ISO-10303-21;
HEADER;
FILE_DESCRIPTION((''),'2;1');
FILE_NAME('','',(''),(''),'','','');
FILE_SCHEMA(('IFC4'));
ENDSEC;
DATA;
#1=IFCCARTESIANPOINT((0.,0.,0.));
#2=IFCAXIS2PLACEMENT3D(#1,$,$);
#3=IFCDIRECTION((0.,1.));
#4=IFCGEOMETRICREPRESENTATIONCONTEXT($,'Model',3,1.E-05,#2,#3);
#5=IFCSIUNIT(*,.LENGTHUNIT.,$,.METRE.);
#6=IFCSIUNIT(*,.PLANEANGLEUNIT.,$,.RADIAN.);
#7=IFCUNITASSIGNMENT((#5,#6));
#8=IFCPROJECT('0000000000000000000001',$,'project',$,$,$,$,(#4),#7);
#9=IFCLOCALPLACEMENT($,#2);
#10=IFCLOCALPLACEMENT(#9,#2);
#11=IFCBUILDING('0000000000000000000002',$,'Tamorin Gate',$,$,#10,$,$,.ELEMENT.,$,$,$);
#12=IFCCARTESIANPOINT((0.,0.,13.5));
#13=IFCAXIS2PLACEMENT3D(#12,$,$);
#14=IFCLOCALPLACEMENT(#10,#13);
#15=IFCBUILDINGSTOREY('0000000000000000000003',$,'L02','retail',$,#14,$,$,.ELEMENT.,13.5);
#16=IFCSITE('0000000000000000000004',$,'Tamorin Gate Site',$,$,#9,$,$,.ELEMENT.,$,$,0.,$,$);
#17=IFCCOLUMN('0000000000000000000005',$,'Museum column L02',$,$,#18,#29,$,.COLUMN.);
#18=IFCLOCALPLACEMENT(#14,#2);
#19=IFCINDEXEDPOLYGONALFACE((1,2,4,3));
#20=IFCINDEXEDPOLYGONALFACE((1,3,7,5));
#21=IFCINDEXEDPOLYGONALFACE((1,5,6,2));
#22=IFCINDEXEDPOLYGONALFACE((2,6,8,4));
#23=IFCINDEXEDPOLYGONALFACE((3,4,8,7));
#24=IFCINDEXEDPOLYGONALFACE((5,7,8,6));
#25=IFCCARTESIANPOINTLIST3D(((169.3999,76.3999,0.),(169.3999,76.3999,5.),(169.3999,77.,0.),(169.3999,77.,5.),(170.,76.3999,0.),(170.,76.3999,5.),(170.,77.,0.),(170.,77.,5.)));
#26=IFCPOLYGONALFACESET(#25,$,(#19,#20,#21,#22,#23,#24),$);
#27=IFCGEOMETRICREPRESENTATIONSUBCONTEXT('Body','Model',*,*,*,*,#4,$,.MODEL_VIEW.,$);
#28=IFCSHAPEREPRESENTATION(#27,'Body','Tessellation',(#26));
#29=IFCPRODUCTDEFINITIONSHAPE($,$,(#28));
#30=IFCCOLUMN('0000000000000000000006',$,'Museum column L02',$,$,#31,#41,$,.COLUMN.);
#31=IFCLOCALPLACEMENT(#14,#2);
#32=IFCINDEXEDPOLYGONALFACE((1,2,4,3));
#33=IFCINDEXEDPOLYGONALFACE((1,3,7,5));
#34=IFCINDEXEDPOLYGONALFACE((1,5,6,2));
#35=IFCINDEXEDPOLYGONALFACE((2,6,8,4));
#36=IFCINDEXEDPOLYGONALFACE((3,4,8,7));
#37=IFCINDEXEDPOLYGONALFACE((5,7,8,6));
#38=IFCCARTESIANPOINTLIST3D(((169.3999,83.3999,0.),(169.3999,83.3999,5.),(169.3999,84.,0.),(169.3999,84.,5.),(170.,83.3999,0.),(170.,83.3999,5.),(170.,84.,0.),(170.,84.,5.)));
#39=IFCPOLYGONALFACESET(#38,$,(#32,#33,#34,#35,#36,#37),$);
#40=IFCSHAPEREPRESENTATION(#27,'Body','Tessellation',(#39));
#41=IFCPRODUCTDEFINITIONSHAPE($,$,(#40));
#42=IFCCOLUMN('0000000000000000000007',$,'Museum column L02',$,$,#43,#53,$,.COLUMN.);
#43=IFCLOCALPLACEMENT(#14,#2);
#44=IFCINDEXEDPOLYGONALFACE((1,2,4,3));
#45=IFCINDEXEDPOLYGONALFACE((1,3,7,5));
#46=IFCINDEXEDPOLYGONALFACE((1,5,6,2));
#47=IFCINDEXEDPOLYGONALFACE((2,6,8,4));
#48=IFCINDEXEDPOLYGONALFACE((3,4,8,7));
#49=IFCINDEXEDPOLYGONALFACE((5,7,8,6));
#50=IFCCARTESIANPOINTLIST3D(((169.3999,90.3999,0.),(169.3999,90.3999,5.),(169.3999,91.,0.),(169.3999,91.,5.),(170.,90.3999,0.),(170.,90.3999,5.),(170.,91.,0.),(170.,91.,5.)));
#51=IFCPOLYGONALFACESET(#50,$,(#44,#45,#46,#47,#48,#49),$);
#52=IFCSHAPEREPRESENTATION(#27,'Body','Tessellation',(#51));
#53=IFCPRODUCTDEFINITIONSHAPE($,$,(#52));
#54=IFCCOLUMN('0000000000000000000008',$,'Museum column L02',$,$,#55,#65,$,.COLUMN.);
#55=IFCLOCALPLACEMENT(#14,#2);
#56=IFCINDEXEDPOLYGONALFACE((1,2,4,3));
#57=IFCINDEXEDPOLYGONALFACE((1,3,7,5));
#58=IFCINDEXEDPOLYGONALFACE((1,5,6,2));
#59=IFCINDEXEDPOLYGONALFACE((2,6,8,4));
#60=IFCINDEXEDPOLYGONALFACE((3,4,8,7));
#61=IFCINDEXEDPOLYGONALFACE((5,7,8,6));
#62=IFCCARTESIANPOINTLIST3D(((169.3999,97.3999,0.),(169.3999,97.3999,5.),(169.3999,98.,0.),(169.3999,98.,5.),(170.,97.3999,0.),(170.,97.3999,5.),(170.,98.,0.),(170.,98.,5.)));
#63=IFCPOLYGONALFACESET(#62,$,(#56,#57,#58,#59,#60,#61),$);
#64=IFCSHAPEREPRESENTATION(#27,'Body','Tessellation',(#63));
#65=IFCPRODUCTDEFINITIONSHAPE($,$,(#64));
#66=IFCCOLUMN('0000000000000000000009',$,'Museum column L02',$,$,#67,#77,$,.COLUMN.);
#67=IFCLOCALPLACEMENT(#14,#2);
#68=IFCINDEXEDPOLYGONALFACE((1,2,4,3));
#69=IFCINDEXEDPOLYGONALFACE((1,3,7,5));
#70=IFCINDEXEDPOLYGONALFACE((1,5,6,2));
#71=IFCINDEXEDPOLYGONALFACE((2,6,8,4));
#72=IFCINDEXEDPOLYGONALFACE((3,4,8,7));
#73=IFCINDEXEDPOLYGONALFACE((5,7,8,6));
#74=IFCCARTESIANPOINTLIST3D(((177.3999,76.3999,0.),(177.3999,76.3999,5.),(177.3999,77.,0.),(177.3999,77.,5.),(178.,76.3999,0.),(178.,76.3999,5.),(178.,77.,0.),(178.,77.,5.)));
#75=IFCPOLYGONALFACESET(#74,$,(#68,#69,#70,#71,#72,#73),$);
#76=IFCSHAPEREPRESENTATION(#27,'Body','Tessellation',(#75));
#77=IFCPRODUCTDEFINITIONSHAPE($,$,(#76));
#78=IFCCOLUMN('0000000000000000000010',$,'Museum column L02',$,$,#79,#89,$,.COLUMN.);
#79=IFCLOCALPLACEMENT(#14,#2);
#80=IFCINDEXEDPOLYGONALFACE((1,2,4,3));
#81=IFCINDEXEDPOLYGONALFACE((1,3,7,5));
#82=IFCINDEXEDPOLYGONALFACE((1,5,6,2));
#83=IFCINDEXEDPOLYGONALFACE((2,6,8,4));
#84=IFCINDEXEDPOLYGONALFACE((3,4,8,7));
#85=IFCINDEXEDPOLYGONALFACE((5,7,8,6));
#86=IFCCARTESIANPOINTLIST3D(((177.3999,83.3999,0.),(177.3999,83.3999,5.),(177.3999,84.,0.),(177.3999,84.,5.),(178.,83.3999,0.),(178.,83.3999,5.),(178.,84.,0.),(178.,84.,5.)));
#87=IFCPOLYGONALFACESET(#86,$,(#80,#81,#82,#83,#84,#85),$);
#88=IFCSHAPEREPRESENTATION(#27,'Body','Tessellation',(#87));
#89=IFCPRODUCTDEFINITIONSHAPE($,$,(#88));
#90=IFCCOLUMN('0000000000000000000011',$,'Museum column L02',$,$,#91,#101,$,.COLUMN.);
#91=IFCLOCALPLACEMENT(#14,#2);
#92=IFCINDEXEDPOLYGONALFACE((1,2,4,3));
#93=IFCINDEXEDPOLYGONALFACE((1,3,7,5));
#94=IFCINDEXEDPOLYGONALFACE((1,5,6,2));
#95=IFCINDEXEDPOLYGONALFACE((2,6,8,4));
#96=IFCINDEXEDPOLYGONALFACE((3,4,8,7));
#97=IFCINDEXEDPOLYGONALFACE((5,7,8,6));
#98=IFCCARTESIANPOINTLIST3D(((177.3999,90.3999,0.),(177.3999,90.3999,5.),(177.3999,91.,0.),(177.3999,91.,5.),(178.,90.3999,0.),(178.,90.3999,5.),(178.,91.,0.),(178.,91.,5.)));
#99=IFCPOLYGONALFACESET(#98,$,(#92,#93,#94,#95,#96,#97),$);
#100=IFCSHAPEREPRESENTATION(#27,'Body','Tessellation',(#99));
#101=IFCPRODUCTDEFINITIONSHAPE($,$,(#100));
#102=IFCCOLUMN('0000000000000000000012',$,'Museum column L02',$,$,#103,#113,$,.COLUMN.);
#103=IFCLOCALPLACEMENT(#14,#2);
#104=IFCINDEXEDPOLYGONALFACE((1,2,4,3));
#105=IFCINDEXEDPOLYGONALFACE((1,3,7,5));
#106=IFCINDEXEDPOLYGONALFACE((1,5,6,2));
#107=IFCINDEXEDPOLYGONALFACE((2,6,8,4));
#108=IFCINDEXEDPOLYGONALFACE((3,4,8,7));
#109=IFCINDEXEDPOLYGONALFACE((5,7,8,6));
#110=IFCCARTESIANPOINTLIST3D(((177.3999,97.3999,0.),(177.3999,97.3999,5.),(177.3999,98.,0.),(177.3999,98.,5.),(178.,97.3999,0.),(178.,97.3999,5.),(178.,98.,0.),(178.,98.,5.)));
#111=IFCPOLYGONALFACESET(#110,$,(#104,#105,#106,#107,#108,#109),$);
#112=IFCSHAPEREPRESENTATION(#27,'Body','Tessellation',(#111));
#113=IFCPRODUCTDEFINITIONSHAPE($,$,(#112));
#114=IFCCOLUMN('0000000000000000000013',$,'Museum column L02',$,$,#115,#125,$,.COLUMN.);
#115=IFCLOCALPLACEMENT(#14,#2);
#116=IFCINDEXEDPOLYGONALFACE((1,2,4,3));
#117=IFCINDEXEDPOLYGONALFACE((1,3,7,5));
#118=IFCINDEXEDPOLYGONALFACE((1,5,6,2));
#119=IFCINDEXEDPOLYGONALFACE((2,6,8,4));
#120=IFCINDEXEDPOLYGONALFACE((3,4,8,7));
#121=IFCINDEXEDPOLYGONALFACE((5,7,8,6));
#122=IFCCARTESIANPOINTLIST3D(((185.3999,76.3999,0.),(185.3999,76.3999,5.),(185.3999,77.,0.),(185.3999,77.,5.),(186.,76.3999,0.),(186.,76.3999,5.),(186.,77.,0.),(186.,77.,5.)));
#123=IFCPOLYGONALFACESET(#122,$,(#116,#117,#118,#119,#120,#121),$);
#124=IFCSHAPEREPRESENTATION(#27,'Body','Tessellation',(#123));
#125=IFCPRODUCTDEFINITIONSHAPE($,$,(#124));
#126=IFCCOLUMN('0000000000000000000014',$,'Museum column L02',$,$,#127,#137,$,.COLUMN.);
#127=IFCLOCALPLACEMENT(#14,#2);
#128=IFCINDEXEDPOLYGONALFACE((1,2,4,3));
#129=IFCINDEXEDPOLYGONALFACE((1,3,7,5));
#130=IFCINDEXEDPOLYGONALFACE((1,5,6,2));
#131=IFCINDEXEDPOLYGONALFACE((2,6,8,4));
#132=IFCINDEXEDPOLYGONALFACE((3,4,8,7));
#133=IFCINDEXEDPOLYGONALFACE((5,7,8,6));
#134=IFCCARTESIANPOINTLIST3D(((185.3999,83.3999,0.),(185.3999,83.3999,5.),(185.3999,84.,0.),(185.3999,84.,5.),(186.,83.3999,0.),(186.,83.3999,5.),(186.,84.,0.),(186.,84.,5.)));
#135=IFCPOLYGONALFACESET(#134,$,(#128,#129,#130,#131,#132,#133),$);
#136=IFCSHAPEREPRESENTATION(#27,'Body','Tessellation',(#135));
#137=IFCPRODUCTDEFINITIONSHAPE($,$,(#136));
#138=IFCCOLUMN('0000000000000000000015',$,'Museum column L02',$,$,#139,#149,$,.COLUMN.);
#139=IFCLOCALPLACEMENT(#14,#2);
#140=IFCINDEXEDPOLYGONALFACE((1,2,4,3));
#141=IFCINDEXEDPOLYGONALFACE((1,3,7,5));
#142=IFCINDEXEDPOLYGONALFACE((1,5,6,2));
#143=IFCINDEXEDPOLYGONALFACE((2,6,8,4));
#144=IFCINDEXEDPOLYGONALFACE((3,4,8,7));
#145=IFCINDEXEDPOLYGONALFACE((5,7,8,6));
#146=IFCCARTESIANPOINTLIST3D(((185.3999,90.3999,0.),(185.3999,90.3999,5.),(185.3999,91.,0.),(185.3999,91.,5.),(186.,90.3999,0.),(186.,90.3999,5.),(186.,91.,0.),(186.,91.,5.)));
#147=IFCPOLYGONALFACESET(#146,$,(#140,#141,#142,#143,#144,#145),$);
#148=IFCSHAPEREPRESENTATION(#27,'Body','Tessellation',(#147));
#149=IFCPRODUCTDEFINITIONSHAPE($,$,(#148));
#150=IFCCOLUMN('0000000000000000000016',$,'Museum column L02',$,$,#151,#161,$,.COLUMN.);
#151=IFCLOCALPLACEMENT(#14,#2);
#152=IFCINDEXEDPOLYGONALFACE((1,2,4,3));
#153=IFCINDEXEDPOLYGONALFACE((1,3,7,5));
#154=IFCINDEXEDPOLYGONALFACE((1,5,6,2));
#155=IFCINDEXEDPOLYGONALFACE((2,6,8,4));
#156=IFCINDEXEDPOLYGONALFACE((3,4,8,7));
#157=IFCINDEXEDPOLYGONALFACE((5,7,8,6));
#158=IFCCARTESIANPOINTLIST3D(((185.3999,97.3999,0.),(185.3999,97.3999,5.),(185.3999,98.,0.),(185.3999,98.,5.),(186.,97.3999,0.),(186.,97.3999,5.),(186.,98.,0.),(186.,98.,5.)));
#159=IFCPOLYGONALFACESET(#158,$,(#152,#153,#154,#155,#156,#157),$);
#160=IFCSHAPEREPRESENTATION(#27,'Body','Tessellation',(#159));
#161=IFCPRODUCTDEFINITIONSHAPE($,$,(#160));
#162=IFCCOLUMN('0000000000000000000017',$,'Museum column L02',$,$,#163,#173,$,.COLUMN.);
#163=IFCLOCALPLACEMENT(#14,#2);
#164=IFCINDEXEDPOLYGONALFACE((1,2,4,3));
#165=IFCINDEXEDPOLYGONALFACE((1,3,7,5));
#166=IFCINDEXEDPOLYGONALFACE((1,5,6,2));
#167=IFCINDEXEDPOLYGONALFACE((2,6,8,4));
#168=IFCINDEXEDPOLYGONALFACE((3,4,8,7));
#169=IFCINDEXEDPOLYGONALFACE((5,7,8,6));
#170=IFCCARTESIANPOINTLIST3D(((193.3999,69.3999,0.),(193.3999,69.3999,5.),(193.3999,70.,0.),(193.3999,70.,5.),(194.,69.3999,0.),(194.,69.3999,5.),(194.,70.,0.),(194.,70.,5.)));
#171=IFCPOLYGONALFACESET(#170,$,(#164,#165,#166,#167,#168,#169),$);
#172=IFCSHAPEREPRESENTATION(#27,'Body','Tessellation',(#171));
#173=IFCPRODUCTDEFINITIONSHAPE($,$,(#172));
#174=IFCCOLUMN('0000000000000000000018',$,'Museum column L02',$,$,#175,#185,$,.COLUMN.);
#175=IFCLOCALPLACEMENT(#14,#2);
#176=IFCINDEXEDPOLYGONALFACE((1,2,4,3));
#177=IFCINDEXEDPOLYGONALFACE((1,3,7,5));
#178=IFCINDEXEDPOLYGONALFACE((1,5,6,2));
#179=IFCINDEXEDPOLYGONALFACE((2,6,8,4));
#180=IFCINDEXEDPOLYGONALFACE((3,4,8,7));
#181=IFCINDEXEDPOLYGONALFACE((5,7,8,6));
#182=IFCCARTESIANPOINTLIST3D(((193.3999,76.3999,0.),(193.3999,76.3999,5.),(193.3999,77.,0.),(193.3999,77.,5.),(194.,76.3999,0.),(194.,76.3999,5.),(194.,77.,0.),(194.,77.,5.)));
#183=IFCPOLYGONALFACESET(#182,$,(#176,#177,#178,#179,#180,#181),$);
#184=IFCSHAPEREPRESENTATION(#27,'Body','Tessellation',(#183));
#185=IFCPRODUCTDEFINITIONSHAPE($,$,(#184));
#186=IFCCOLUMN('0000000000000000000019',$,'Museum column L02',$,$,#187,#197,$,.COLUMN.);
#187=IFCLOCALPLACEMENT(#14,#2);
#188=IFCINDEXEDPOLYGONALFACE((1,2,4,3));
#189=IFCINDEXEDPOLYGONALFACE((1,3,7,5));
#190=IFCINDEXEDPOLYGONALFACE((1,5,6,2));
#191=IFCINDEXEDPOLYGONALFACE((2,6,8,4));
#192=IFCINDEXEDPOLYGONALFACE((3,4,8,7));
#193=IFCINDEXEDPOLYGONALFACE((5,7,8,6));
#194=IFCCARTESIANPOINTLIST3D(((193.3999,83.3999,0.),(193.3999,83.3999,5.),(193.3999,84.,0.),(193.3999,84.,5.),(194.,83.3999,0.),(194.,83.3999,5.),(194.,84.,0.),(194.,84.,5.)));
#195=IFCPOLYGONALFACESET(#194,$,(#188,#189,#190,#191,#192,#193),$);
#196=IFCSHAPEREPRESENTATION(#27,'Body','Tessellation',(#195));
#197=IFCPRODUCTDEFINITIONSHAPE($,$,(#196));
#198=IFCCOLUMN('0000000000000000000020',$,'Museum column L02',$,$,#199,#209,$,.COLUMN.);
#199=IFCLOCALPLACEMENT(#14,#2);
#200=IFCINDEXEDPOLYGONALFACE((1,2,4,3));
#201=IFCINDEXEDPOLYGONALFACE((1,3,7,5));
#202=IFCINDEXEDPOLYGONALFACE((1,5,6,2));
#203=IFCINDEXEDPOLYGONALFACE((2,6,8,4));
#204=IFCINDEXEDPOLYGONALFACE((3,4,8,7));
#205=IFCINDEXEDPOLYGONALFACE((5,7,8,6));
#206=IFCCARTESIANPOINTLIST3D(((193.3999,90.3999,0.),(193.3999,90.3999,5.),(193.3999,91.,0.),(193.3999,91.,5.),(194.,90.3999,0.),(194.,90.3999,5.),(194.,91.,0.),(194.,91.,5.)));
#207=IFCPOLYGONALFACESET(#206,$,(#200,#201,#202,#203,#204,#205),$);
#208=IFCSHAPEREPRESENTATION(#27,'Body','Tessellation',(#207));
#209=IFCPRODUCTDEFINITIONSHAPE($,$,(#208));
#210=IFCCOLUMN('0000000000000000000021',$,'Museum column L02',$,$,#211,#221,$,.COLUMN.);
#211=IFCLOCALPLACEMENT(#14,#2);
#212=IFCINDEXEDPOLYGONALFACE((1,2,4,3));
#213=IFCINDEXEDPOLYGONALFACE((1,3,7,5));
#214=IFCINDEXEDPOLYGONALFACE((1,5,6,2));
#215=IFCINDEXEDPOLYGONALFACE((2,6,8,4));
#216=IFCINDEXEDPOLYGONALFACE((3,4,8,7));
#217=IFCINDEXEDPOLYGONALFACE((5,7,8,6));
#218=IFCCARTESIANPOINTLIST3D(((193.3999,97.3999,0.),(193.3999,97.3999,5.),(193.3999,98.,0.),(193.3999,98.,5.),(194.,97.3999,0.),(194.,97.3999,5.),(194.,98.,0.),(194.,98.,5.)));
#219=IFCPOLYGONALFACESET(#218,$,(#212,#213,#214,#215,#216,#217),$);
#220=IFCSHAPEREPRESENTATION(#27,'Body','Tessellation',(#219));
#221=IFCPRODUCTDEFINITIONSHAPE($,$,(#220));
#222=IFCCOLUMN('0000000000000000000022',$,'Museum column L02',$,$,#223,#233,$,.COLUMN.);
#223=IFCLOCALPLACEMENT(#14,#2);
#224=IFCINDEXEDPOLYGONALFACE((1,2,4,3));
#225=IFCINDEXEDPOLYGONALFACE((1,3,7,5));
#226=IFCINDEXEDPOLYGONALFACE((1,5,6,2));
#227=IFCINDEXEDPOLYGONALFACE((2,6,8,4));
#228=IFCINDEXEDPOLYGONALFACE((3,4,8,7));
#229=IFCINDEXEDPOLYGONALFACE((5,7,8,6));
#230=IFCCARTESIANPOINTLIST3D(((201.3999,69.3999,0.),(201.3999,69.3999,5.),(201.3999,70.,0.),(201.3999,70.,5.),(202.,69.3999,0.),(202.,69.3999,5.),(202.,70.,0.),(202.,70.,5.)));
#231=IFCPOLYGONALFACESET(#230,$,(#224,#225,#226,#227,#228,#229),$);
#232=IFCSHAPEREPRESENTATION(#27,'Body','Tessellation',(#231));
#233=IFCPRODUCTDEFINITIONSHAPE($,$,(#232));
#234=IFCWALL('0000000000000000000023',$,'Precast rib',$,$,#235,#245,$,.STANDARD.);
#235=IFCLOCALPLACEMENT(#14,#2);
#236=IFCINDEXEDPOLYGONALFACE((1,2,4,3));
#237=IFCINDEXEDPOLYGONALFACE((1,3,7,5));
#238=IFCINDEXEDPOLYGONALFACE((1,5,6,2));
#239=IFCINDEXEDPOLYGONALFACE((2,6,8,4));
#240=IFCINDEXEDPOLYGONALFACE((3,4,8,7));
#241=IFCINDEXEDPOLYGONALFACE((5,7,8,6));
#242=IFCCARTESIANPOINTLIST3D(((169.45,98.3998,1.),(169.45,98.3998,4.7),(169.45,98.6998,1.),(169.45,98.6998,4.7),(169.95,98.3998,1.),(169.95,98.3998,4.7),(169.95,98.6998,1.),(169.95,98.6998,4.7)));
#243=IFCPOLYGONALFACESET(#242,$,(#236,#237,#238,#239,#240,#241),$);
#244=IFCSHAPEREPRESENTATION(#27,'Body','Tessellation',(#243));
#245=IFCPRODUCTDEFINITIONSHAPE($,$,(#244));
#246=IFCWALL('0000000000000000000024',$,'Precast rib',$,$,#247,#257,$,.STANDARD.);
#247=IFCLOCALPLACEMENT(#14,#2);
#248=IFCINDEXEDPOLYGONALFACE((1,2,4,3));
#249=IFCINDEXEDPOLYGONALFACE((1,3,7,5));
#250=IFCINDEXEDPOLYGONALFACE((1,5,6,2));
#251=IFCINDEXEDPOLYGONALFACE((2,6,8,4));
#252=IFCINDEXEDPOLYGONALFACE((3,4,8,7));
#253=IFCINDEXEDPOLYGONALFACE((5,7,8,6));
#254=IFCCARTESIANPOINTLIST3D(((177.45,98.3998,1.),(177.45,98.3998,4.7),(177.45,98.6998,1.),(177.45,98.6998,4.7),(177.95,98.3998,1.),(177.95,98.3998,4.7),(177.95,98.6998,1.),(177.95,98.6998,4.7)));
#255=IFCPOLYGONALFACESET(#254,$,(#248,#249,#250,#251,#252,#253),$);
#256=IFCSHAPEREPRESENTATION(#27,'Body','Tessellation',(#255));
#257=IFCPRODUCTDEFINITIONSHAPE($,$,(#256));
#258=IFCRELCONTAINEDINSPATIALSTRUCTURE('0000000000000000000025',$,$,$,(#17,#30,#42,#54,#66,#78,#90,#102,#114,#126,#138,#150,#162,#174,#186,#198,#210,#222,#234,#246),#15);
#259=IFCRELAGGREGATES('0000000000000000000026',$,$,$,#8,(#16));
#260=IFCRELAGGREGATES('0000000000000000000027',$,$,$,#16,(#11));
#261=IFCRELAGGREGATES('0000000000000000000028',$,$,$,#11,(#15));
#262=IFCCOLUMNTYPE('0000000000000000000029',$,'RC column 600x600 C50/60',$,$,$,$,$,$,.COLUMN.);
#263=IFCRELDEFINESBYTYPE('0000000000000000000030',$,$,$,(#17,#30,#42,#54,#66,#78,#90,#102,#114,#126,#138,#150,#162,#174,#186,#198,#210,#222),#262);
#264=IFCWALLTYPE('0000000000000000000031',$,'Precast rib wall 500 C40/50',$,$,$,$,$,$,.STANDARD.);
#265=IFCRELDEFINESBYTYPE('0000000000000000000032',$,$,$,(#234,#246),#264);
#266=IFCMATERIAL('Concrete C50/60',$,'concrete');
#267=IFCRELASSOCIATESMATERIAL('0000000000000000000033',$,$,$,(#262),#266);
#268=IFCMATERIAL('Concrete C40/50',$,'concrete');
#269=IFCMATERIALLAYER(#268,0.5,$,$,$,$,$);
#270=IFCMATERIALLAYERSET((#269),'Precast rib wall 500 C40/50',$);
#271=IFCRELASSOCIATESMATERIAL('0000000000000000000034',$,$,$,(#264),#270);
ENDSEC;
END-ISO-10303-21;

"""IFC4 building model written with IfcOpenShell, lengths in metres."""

from ifc_helpers import new_model, si_unit, direction, frame, frame_2d, origin, origin_2d, place, context, subcontext, project, spatial, rectangle, extrude, material, layer, layer_set, material_profile, profile_set, type_object, element, save


model = new_model("IFC4")

# Units and contexts
model_context = context("Model", 3, precision=1e-05, world=origin(), true_north=direction((0.0, 1.0)))
body_context = subcontext(model_context, "Body", "Model", "MODEL_VIEW")
ifc_project = project(units=[si_unit("LENGTHUNIT", "METRE"), si_unit("PLANEANGLEUNIT", "RADIAN")], contexts=[model_context])

# Site, building, storey
site_placement = place(None, origin())
site = spatial("IfcSite", under=ifc_project, at=site_placement, Name="Tamorin Gate Site", CompositionType="ELEMENT", RefElevation=0.0)
building_placement = place(site_placement, origin())
building = spatial("IfcBuilding", under=site, at=building_placement, Name="Tamorin Gate", CompositionType="ELEMENT")
storey_placement = place(building_placement, frame((0.0, 0.0, 13.5)))
storey = spatial("IfcBuildingStorey", under=building, at=storey_placement, Name="L02", Description="retail", CompositionType="ELEMENT", Elevation=13.5)

# Columns
ifc_material_1 = material(Name="Concrete C50/60", Category="concrete")
ifc_material_profile = material_profile(ifc_material_1, rectangle(XDim=0.6001, YDim=0.6001, at=origin_2d()))
ifc_profile_set = profile_set([ifc_material_profile], Name="Concrete C50/60")
column_type = type_object("IfcColumnType", Name="RC column 600x600 C50/60", PredefinedType="COLUMN", material=ifc_profile_set)
for number, where, z_axis, x_axis, name in (
    (1, (169.7, 76.7, 0.0), (0.0, 0.0, 1.0), (1.0, 0.0, 0.0), "Museum column L02"),
    (2, (169.7, 83.7, 0.0), (0.0, 0.0, 1.0), (1.0, 0.0, 0.0), "Museum column L02"),
    (3, (169.7, 90.7, 0.0), (0.0, 0.0, 1.0), (1.0, 0.0, 0.0), "Museum column L02"),
    (4, (169.7, 97.7, 0.0), (0.0, 0.0, 1.0), (1.0, 0.0, 0.0), "Museum column L02"),
    (5, (177.7, 76.7, 0.0), (0.0, 0.0, 1.0), (1.0, 0.0, 0.0), "Museum column L02"),
    (6, (177.7, 83.7, 0.0), (0.0, 0.0, 1.0), (1.0, 0.0, 0.0), "Museum column L02"),
    (7, (177.7, 90.7, 0.0), (0.0, 0.0, 1.0), (1.0, 0.0, 0.0), "Museum column L02"),
    (8, (177.7, 97.7, 0.0), (0.0, 0.0, 1.0), (1.0, 0.0, 0.0), "Museum column L02"),
    (9, (185.7, 76.7, 0.0), (0.0, 0.0, 1.0), (1.0, 0.0, 0.0), "Museum column L02"),
    (10, (185.7, 83.7, 0.0), (0.0, 0.0, 1.0), (1.0, 0.0, 0.0), "Museum column L02"),
    (11, (185.7, 90.7, 0.0), (0.0, 0.0, 1.0), (1.0, 0.0, 0.0), "Museum column L02"),
    (12, (185.7, 97.7, 0.0), (0.0, 0.0, 1.0), (1.0, 0.0, 0.0), "Museum column L02"),
    (13, (193.7, 69.7, 0.0), (0.0, 0.0, 1.0), (1.0, 0.0, 0.0), "Museum column L02"),
    (14, (193.7, 76.7, 0.0), (0.0, 0.0, 1.0), (1.0, 0.0, 0.0), "Museum column L02"),
    (15, (193.7, 83.7, 0.0), (0.0, 0.0, 1.0), (1.0, 0.0, 0.0), "Museum column L02"),
    (16, (193.7, 90.7, 0.0), (0.0, 0.0, 1.0), (1.0, 0.0, 0.0), "Museum column L02"),
    (17, (193.7, 97.7, 0.0), (0.0, 0.0, 1.0), (1.0, 0.0, 0.0), "Museum column L02"),
    (18, (201.7, 69.7, 0.0), (0.0, 0.0, 1.0), (1.0, 0.0, 0.0), "Museum column L02"),
):
    element("IfcColumn", number, at=place(storey_placement, frame(where, z_axis=z_axis, x_axis=x_axis)), inside=storey, type_object=column_type, Name=name, PredefinedType="COLUMN", context=body_context, shape_type="SweptSolid", body=[
        extrude(rectangle(XDim=0.6001, YDim=0.6001, at=origin_2d()), origin(), (0.0, 0.0, 1.0), 5.0),
    ])

# Walls
ifc_material_2 = material(Name="Concrete C40/50", Category="concrete")
ifc_layer = layer(ifc_material_2, 0.5)
ifc_layer_set = layer_set([ifc_layer], Name="Precast rib wall 500 C40/50")
wall_type = type_object("IfcWallType", Name="Precast rib wall 500 C40/50", PredefinedType="STANDARD", material=ifc_layer_set)
for number, where, z_axis, x_axis, name in (
    (19, (169.7, 98.3999, 1.0), (0.0, 0.0, 1.0), (0.0, 1.0, 0.0), "Precast rib"),
    (20, (177.7, 98.3999, 1.0), (0.0, 0.0, 1.0), (0.0, 1.0, 0.0), "Precast rib"),
):
    element("IfcWall", number, at=place(storey_placement, frame(where, z_axis=z_axis, x_axis=x_axis)), inside=storey, type_object=wall_type, Name=name, PredefinedType="STANDARD", context=body_context, shape_type="SweptSolid", body=[
        extrude(rectangle(XDim=0.3, YDim=0.5, at=frame_2d((0.1499, 0.0))), origin(), (0.0, 0.0, 1.0), 3.7),
    ])

save(model, "model.ifc")
